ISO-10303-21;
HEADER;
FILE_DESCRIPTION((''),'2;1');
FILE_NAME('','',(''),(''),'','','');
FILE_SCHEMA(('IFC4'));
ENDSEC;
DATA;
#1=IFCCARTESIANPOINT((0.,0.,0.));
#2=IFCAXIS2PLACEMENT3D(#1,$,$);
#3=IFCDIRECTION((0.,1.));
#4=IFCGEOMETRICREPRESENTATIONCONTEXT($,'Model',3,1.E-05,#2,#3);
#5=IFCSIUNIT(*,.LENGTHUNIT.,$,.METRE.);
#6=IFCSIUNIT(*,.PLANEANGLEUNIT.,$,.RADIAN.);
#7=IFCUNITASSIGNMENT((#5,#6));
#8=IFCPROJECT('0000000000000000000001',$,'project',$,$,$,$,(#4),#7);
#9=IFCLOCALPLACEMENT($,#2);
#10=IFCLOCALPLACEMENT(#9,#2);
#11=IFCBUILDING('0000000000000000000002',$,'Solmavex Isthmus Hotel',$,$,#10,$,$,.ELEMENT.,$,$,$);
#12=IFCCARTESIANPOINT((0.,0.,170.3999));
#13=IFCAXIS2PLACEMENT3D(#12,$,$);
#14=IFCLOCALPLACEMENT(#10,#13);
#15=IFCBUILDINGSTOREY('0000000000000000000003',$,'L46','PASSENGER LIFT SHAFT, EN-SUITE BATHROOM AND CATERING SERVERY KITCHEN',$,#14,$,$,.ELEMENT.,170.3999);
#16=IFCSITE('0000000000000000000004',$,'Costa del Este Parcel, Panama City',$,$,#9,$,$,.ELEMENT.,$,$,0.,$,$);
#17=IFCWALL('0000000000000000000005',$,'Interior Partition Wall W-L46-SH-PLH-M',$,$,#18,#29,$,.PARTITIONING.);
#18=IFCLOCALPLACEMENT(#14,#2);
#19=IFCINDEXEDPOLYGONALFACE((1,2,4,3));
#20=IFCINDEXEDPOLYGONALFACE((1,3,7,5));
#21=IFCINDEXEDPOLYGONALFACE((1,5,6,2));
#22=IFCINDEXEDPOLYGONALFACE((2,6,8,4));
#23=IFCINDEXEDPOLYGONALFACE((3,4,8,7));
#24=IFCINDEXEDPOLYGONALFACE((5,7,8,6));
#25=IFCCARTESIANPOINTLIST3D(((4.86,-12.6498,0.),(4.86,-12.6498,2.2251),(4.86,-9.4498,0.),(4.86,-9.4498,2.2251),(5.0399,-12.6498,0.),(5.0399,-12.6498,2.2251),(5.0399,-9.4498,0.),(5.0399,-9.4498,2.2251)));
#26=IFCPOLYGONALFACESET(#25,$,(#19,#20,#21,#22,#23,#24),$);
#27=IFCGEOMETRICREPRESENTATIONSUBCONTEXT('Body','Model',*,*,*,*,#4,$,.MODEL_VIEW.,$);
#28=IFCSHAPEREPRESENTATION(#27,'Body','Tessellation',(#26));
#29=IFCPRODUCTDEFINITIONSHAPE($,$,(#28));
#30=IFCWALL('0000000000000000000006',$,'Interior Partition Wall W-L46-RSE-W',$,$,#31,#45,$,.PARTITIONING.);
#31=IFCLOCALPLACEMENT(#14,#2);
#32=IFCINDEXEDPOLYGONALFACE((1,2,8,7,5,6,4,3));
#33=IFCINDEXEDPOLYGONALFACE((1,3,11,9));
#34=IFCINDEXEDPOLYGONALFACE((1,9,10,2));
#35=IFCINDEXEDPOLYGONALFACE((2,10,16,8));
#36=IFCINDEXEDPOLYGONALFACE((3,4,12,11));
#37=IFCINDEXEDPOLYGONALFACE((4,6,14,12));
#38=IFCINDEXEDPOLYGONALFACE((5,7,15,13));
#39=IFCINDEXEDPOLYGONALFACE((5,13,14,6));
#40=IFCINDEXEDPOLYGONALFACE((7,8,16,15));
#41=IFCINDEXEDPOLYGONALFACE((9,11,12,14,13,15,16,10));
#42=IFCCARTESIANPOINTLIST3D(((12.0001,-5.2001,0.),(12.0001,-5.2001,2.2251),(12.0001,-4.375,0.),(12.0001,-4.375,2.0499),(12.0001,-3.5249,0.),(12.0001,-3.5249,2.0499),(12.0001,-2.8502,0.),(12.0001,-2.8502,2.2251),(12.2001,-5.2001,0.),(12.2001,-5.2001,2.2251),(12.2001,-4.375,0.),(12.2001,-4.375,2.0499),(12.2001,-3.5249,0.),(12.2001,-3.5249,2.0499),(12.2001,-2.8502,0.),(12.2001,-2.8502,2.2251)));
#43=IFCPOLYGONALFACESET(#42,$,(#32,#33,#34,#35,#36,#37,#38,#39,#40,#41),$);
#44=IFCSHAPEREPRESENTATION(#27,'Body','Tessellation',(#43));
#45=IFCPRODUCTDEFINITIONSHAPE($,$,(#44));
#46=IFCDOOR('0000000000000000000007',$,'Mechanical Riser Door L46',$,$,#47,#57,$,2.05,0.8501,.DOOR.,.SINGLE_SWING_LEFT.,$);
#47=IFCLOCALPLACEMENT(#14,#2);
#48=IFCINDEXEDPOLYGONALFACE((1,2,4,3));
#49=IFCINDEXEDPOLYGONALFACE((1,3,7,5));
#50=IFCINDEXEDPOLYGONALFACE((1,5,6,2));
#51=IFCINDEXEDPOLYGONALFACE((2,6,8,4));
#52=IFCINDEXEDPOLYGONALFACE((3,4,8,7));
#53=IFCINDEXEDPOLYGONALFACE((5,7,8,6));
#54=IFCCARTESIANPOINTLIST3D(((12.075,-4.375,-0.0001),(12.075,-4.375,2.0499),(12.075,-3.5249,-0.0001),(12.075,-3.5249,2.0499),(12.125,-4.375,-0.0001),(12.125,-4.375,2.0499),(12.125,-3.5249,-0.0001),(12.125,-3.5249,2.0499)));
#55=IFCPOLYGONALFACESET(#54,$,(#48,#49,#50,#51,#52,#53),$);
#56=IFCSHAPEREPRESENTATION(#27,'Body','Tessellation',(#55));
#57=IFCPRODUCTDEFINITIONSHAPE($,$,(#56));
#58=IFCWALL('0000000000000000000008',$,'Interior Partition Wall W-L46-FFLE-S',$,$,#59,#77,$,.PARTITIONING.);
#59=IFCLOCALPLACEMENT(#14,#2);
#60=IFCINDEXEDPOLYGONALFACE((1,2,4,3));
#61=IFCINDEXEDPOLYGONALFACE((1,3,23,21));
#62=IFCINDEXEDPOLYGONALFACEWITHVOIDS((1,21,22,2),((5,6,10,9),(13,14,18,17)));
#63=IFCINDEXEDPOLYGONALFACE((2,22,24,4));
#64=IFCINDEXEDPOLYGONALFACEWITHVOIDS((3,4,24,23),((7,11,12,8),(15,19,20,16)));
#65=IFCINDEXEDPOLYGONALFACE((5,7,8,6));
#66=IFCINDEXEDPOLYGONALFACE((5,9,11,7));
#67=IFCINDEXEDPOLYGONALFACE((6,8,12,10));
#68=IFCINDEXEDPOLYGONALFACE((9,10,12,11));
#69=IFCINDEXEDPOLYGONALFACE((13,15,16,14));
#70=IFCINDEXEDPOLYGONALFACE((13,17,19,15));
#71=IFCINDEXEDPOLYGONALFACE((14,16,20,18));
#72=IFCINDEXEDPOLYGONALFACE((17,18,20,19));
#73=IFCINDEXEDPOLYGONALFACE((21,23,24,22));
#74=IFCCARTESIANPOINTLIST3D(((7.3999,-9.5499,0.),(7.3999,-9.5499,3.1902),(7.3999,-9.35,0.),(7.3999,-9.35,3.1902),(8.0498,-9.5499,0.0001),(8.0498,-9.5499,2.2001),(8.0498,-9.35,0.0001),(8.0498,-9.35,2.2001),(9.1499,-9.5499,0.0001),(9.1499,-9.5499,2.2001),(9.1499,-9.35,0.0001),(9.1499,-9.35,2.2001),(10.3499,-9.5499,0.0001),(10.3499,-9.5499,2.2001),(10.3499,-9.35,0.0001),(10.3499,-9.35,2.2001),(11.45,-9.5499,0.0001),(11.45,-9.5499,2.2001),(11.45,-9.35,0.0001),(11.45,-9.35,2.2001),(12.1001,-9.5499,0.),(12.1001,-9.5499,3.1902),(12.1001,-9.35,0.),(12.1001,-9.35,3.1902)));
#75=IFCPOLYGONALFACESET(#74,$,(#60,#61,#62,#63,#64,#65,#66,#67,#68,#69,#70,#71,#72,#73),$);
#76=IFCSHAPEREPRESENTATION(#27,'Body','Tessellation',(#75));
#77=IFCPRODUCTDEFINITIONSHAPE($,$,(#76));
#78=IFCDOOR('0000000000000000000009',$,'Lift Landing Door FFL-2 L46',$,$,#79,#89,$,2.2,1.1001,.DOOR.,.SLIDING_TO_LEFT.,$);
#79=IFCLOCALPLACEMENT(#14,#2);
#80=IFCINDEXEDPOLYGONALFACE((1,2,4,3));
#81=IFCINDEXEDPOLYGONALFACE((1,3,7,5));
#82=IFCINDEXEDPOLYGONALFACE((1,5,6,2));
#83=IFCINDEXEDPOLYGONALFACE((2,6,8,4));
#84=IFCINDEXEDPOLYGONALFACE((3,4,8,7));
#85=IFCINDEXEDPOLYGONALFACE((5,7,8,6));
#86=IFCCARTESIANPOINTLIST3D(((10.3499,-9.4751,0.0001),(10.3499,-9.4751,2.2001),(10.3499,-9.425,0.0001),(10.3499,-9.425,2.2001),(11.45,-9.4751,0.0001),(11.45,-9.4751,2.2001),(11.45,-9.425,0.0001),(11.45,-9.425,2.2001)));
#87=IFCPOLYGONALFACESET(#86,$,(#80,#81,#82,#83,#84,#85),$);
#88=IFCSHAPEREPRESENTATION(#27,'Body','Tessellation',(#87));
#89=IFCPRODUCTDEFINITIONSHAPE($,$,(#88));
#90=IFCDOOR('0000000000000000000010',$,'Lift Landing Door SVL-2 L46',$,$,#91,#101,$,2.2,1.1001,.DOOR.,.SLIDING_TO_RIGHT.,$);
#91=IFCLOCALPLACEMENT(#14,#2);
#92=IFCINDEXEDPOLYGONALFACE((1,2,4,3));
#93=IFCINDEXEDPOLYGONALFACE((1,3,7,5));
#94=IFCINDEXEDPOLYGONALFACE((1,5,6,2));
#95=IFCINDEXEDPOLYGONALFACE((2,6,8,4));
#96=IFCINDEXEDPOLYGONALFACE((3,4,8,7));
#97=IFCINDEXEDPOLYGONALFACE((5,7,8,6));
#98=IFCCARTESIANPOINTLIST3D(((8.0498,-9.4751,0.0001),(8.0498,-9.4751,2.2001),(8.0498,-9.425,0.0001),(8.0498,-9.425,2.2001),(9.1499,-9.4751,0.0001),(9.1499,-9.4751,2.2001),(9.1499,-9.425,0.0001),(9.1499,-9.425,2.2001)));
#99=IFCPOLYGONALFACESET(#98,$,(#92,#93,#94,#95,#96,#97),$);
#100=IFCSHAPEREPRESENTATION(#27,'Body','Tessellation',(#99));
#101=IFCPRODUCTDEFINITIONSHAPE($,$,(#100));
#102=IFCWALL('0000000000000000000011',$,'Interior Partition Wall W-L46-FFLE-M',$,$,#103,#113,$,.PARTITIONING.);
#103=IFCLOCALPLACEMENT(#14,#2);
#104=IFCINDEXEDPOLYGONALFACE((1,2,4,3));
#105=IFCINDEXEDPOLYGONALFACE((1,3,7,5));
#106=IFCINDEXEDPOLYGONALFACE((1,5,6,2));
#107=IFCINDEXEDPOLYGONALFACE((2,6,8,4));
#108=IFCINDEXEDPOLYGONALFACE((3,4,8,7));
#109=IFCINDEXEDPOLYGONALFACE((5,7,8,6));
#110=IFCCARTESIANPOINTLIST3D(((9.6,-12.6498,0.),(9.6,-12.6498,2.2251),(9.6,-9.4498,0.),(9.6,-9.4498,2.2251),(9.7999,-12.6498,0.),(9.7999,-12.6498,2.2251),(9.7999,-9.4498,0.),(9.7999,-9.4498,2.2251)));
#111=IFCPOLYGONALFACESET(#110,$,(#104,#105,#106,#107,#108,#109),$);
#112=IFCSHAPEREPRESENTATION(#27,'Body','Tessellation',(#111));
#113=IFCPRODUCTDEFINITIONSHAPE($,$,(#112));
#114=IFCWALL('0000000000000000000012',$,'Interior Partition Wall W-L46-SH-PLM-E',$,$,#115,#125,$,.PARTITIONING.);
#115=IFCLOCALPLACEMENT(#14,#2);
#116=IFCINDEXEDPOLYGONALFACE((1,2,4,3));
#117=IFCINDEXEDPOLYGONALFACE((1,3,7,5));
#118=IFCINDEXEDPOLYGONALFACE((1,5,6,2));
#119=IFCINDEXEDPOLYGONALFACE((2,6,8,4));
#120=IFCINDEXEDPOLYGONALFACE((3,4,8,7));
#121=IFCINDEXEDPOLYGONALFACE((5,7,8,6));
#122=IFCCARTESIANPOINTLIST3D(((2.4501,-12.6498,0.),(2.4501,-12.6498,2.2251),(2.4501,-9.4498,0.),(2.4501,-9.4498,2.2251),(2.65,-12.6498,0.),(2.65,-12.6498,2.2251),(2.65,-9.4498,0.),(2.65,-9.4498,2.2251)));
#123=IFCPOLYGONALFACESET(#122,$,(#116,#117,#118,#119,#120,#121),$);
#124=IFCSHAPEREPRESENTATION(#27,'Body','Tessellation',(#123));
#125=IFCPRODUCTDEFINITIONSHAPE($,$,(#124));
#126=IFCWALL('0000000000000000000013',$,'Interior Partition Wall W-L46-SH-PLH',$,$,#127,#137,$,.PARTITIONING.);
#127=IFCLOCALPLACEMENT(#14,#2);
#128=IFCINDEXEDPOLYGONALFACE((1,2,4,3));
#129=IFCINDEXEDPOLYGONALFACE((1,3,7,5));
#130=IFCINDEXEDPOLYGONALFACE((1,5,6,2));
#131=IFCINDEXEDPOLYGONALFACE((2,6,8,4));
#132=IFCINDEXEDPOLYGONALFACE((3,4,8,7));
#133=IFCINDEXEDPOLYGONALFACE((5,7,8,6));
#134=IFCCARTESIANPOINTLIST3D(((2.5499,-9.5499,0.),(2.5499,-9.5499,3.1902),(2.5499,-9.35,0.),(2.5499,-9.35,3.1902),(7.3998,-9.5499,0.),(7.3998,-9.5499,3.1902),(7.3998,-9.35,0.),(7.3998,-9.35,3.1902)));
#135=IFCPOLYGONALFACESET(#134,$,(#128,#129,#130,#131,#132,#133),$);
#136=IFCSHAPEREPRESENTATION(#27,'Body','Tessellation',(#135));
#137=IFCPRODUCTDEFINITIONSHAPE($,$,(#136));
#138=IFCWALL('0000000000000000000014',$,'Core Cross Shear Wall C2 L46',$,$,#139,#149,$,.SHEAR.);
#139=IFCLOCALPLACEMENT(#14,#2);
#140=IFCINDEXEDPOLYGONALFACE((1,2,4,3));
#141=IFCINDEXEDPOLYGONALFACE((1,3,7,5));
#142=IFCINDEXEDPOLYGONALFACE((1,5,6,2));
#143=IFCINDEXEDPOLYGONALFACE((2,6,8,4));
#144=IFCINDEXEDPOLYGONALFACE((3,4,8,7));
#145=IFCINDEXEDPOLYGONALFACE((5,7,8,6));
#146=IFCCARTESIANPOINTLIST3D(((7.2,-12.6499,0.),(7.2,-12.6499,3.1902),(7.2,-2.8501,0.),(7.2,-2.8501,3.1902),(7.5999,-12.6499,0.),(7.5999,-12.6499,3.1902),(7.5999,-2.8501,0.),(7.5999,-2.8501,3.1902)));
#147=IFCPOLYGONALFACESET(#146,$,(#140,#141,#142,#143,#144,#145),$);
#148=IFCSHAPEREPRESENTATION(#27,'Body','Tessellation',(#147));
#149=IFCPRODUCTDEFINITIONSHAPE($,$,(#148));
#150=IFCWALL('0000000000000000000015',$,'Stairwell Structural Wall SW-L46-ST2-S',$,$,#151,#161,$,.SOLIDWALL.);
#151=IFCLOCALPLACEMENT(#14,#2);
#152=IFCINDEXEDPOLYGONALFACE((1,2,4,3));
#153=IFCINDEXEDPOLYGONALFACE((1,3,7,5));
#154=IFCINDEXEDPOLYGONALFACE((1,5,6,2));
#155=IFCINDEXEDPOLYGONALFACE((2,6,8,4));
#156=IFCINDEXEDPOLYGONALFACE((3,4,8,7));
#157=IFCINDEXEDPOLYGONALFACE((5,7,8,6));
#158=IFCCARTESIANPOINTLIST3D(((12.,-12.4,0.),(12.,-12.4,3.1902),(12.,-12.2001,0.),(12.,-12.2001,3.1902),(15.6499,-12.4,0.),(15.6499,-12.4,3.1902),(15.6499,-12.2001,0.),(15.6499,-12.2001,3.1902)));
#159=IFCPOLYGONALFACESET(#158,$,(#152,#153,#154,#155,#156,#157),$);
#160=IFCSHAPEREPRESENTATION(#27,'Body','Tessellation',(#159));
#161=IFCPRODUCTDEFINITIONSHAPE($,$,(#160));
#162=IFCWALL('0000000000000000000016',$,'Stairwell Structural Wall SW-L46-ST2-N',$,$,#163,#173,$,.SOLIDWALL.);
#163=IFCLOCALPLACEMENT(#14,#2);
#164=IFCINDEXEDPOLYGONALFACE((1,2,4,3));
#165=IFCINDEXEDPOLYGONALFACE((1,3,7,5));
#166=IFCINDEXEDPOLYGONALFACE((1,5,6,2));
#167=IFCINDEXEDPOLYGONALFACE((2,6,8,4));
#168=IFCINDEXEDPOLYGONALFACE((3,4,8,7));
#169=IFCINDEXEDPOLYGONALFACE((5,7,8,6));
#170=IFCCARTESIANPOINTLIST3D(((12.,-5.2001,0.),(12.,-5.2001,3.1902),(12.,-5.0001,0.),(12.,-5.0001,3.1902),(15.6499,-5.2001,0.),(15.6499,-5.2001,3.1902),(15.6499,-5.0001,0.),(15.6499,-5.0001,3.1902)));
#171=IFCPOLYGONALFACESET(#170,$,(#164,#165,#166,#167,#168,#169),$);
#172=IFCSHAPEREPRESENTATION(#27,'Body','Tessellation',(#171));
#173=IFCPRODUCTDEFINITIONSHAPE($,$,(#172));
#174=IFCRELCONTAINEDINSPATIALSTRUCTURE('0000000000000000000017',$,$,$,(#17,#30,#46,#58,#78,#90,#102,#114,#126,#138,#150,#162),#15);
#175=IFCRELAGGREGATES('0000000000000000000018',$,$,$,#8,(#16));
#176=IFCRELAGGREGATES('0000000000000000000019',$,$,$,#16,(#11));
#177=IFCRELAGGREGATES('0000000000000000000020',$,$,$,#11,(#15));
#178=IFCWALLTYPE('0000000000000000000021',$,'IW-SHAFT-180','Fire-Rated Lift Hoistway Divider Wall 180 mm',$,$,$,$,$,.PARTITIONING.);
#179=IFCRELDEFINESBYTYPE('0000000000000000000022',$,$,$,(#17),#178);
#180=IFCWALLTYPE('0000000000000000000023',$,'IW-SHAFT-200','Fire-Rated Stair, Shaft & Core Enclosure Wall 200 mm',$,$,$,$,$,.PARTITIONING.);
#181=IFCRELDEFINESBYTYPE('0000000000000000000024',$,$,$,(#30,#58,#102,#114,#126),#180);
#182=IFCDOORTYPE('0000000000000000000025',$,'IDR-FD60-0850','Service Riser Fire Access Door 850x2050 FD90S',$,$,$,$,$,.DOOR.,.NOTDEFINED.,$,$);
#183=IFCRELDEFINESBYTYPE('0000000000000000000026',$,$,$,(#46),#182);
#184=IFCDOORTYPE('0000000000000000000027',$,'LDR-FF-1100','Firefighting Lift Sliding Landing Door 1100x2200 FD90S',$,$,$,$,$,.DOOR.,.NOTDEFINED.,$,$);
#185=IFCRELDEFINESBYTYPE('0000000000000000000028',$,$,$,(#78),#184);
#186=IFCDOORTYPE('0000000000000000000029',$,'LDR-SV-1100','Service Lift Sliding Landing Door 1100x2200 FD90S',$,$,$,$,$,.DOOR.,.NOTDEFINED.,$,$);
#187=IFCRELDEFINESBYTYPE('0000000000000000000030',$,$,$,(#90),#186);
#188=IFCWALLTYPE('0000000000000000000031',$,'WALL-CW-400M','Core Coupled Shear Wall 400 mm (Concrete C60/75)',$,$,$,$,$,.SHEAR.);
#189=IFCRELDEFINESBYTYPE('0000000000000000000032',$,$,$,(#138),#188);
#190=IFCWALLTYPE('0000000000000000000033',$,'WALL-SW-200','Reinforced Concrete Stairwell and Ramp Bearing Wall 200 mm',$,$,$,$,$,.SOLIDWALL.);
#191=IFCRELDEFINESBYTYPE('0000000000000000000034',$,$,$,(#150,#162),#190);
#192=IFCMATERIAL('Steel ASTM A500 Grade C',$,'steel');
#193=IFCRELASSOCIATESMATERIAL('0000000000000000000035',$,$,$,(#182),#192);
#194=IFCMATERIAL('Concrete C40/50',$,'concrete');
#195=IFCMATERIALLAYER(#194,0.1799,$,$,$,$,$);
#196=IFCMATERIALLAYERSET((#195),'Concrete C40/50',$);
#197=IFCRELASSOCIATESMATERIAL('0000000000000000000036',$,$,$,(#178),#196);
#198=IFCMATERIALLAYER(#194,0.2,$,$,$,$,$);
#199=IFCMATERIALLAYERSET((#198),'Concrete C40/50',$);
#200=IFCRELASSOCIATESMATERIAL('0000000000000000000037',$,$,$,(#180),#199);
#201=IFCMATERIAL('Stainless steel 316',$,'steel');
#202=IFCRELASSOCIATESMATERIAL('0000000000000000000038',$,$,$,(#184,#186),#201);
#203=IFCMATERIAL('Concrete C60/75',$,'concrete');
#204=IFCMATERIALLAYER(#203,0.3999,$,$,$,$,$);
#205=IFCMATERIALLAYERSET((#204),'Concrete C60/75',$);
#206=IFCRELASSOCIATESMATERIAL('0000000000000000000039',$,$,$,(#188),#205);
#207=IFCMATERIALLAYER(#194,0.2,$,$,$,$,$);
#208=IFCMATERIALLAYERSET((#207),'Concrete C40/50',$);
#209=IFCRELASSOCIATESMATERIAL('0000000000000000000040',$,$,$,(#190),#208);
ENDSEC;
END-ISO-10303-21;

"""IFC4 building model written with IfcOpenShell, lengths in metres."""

from ifc_helpers import new_model, si_unit, direction, frame, frame_2d, origin, place, context, subcontext, project, spatial, rectangle, extrude, material, layer, layer_set, type_object, element, fill, save


model = new_model("IFC4")

# Units and contexts
model_context = context("Model", 3, precision=1e-05, world=origin(), true_north=direction((0.0, 1.0)))
body_context = subcontext(model_context, "Body", "Model", "MODEL_VIEW")
ifc_project = project(units=[si_unit("LENGTHUNIT", "METRE"), si_unit("PLANEANGLEUNIT", "RADIAN")], contexts=[model_context])

# Site, building, storey
site_placement = place(None, origin())
site = spatial("IfcSite", under=ifc_project, at=site_placement, Name="Costa del Este Parcel, Panama City", CompositionType="ELEMENT", RefElevation=0.0)
building_placement = place(site_placement, origin())
building = spatial("IfcBuilding", under=site, at=building_placement, Name="Solmavex Isthmus Hotel", CompositionType="ELEMENT")
storey_placement = place(building_placement, frame((0.0, 0.0, 170.3999)))
storey = spatial("IfcBuildingStorey", under=building, at=storey_placement, Name="L46", Description="PASSENGER LIFT SHAFT, EN-SUITE BATHROOM AND CATERING SERVERY KITCHEN", CompositionType="ELEMENT", Elevation=170.3999)

# Shared definitions
ifc_material_1 = material(Name="Concrete C60/75", Category="concrete")

# Shared definitions
ifc_material_2 = material(Name="Steel ASTM A500 Grade C", Category="steel")
door_type_1 = type_object("IfcDoorType", Name="IDR-FD60-0850", Description="Service Riser Fire Access Door 850x2050 FD90S", OperationType="NOTDEFINED", PredefinedType="DOOR", material=ifc_material_2)

# Wall
ifc_material_3 = material(Name="Concrete C40/50", Category="concrete")
ifc_layer_1 = layer(ifc_material_3, 0.1799)
ifc_layer_set_1 = layer_set([ifc_layer_1], Name="Concrete C40/50")
wall_type_1 = type_object("IfcWallType", Name="IW-SHAFT-180", Description="Fire-Rated Lift Hoistway Divider Wall 180 mm", PredefinedType="PARTITIONING", material=ifc_layer_set_1)
wall_1_placement = place(storey_placement, frame((4.95, -12.6499, 0.0), z_axis=(0.0, 0.0, 1.0), x_axis=(0.0, 1.0, 0.0)))
element("IfcWall", 1, at=wall_1_placement, inside=storey, type_object=wall_type_1, Name="Interior Partition Wall W-L46-SH-PLH-M", PredefinedType="PARTITIONING", context=body_context, shape_type="SweptSolid", body=[
    extrude(rectangle(XDim=3.2, YDim=0.1799, at=frame_2d((1.6001, 0.0))), origin(), (0.0, 0.0, 1.0), 2.2251),
])

# Wall, opening, door
ifc_layer_2 = layer(ifc_material_3, 0.2)
ifc_layer_set_2 = layer_set([ifc_layer_2], Name="Concrete C40/50")
wall_type_2 = type_object("IfcWallType", Name="IW-SHAFT-200", Description="Fire-Rated Stair, Shaft & Core Enclosure Wall 200 mm", PredefinedType="PARTITIONING", material=ifc_layer_set_2)
wall_2_placement = place(storey_placement, frame((12.1001, -5.2, 0.0), z_axis=(0.0, 0.0, 1.0), x_axis=(0.0, 1.0, 0.0)))
wall_2 = element("IfcWall", 2, at=wall_2_placement, inside=storey, type_object=wall_type_2, Name="Interior Partition Wall W-L46-RSE-W", PredefinedType="PARTITIONING", context=body_context, shape_type="SweptSolid", body=[
    extrude(rectangle(XDim=2.3499, YDim=0.2, at=frame_2d((1.1748, 0.0))), origin(), (0.0, 0.0, 1.0), 2.2251),
])
opening_1_placement = place(wall_2_placement, frame((0.825, 0.0, 0.0)))
opening_1 = element("IfcOpeningElement", 3, at=opening_1_placement, cuts=wall_2, PredefinedType="OPENING", context=body_context, shape_type="SweptSolid", body=[
    extrude(rectangle(XDim=0.8501, YDim=2.05, at=frame_2d((0.425, 1.0249))), frame((0.0, 0.1099, 0.0), z_axis=(0.0, -1.0, 0.0), x_axis=(1.0, 0.0, 0.0)), (0.0, 0.0, 1.0), 0.22),
])
door_1_placement = place(opening_1_placement, frame((0.8501, 0.0, 0.0), z_axis=(0.0, 0.0, 1.0), x_axis=(-1.0, 0.0, 0.0)))
door_1 = element("IfcDoor", 4, at=door_1_placement, inside=storey, type_object=door_type_1, Name="Mechanical Riser Door L46", OperationType="SINGLE_SWING_LEFT", OverallHeight=2.05, OverallWidth=0.8501, PredefinedType="DOOR", context=body_context, shape_type="SweptSolid", body=[
    extrude(rectangle(XDim=0.8501, YDim=2.05, at=frame_2d((0.425, 1.0249))), frame((0.0, 0.0249, 0.0), z_axis=(0.0, -1.0, 0.0), x_axis=(1.0, 0.0, 0.0)), (0.0, 0.0, 1.0), 0.05),
])
fill(opening_1, door_1)

# Wall, openings, doors
wall_3_placement = place(storey_placement, frame((7.3999, -9.45, 0.0), z_axis=(0.0, 0.0, 1.0), x_axis=(1.0, 0.0, 0.0)))
wall_3 = element("IfcWall", 5, at=wall_3_placement, inside=storey, type_object=wall_type_2, Name="Interior Partition Wall W-L46-FFLE-S", PredefinedType="PARTITIONING", context=body_context, shape_type="SweptSolid", body=[
    extrude(rectangle(XDim=4.7002, YDim=0.2, at=frame_2d((2.3501, 0.0))), origin(), (0.0, 0.0, 1.0), 3.1902),
])
opening_2_placement = place(wall_3_placement, frame((2.95, 0.0, 0.0)))
opening_2 = element("IfcOpeningElement", 6, at=opening_2_placement, cuts=wall_3, PredefinedType="OPENING", context=body_context, shape_type="SweptSolid", body=[
    extrude(rectangle(XDim=1.1001, YDim=2.2, at=frame_2d((0.55, 1.1001))), frame((0.0, 0.1099, 0.0), z_axis=(0.0, -1.0, 0.0), x_axis=(1.0, 0.0, 0.0)), (0.0, 0.0, 1.0), 0.22),
])
opening_3_placement = place(wall_3_placement, frame((0.6499, 0.0, 0.0)))
opening_3 = element("IfcOpeningElement", 7, at=opening_3_placement, cuts=wall_3, PredefinedType="OPENING", context=body_context, shape_type="SweptSolid", body=[
    extrude(rectangle(XDim=1.1001, YDim=2.2, at=frame_2d((0.55, 1.1001))), frame((0.0, 0.1099, 0.0), z_axis=(0.0, -1.0, 0.0), x_axis=(1.0, 0.0, 0.0)), (0.0, 0.0, 1.0), 0.22),
])
ifc_material_4 = material(Name="Stainless steel 316", Category="steel")
door_type_2 = type_object("IfcDoorType", Name="LDR-FF-1100", Description="Firefighting Lift Sliding Landing Door 1100x2200 FD90S", OperationType="NOTDEFINED", PredefinedType="DOOR", material=ifc_material_4)
door_2_placement = place(opening_2_placement, origin())
door_2 = element("IfcDoor", 8, at=door_2_placement, inside=storey, type_object=door_type_2, Name="Lift Landing Door FFL-2 L46", OperationType="SLIDING_TO_LEFT", OverallHeight=2.2, OverallWidth=1.1001, PredefinedType="DOOR", context=body_context, shape_type="SweptSolid", body=[
    extrude(rectangle(XDim=1.1001, YDim=2.2, at=frame_2d((0.55, 1.1001))), frame((0.0, 0.0249, 0.0), z_axis=(0.0, -1.0, 0.0), x_axis=(1.0, 0.0, 0.0)), (0.0, 0.0, 1.0), 0.05),
])
fill(opening_2, door_2)
door_type_3 = type_object("IfcDoorType", Name="LDR-SV-1100", Description="Service Lift Sliding Landing Door 1100x2200 FD90S", OperationType="NOTDEFINED", PredefinedType="DOOR", material=ifc_material_4)
door_3_placement = place(opening_3_placement, origin())
door_3 = element("IfcDoor", 9, at=door_3_placement, inside=storey, type_object=door_type_3, Name="Lift Landing Door SVL-2 L46", OperationType="SLIDING_TO_RIGHT", OverallHeight=2.2, OverallWidth=1.1001, PredefinedType="DOOR", context=body_context, shape_type="SweptSolid", body=[
    extrude(rectangle(XDim=1.1001, YDim=2.2, at=frame_2d((0.55, 1.1001))), frame((0.0, 0.0249, 0.0), z_axis=(0.0, -1.0, 0.0), x_axis=(1.0, 0.0, 0.0)), (0.0, 0.0, 1.0), 0.05),
])
fill(opening_3, door_3)

# Walls
for number, where, z_axis, x_axis, name in (
    (10, (9.7, -12.6499, 0.0), (0.0, 0.0, 1.0), (0.0, 1.0, 0.0), "Interior Partition Wall W-L46-FFLE-M"),
    (11, (2.55, -12.6499, 0.0), (0.0, 0.0, 1.0), (0.0, 1.0, 0.0), "Interior Partition Wall W-L46-SH-PLM-E"),
):
    element("IfcWall", number, at=place(storey_placement, frame(where, z_axis=z_axis, x_axis=x_axis)), inside=storey, type_object=wall_type_2, Name=name, PredefinedType="PARTITIONING", context=body_context, shape_type="SweptSolid", body=[
        extrude(rectangle(XDim=3.2, YDim=0.2, at=frame_2d((1.6001, 0.0))), origin(), (0.0, 0.0, 1.0), 2.2251),
    ])
wall_4_placement = place(storey_placement, frame((2.55, -9.45, 0.0), z_axis=(0.0, 0.0, 1.0), x_axis=(1.0, 0.0, 0.0)))
element("IfcWall", 12, at=wall_4_placement, inside=storey, type_object=wall_type_2, Name="Interior Partition Wall W-L46-SH-PLH", PredefinedType="PARTITIONING", context=body_context, shape_type="SweptSolid", body=[
    extrude(rectangle(XDim=4.8499, YDim=0.2, at=frame_2d((2.4248, 0.0))), origin(), (0.0, 0.0, 1.0), 3.1902),
])
ifc_layer_3 = layer(ifc_material_1, 0.3999)
ifc_layer_set_3 = layer_set([ifc_layer_3], Name="Concrete C60/75")
wall_type_3 = type_object("IfcWallType", Name="WALL-CW-400M", Description="Core Coupled Shear Wall 400 mm (Concrete C60/75)", PredefinedType="SHEAR", material=ifc_layer_set_3)
wall_5_placement = place(storey_placement, frame((7.3999, -12.6499, 0.0), z_axis=(0.0, 0.0, 1.0), x_axis=(0.0, 1.0, 0.0)))
element("IfcWall", 13, at=wall_5_placement, inside=storey, type_object=wall_type_3, Name="Core Cross Shear Wall C2 L46", PredefinedType="SHEAR", context=body_context, shape_type="SweptSolid", body=[
    extrude(rectangle(XDim=9.7998, YDim=0.3999, at=frame_2d((4.8999, 0.0))), origin(), (0.0, 0.0, 1.0), 3.1902),
])
ifc_layer_4 = layer(ifc_material_3, 0.2)
ifc_layer_set_4 = layer_set([ifc_layer_4], Name="Concrete C40/50")
wall_type_4 = type_object("IfcWallType", Name="WALL-SW-200", Description="Reinforced Concrete Stairwell and Ramp Bearing Wall 200 mm", PredefinedType="SOLIDWALL", material=ifc_layer_set_4)
for number, where, z_axis, x_axis, name in (
    (14, (12.0, -12.3, 0.0), (0.0, 0.0, 1.0), (1.0, 0.0, 0.0), "Stairwell Structural Wall SW-L46-ST2-S"),
    (15, (12.0, -5.1001, 0.0), (0.0, 0.0, 1.0), (1.0, 0.0, 0.0), "Stairwell Structural Wall SW-L46-ST2-N"),
):
    element("IfcWall", number, at=place(storey_placement, frame(where, z_axis=z_axis, x_axis=x_axis)), inside=storey, type_object=wall_type_4, Name=name, PredefinedType="SOLIDWALL", context=body_context, shape_type="SweptSolid", body=[
        extrude(rectangle(XDim=3.6499, YDim=0.2, at=frame_2d((1.825, 0.0))), origin(), (0.0, 0.0, 1.0), 3.1902),
    ])

save(model, "model.ifc")
